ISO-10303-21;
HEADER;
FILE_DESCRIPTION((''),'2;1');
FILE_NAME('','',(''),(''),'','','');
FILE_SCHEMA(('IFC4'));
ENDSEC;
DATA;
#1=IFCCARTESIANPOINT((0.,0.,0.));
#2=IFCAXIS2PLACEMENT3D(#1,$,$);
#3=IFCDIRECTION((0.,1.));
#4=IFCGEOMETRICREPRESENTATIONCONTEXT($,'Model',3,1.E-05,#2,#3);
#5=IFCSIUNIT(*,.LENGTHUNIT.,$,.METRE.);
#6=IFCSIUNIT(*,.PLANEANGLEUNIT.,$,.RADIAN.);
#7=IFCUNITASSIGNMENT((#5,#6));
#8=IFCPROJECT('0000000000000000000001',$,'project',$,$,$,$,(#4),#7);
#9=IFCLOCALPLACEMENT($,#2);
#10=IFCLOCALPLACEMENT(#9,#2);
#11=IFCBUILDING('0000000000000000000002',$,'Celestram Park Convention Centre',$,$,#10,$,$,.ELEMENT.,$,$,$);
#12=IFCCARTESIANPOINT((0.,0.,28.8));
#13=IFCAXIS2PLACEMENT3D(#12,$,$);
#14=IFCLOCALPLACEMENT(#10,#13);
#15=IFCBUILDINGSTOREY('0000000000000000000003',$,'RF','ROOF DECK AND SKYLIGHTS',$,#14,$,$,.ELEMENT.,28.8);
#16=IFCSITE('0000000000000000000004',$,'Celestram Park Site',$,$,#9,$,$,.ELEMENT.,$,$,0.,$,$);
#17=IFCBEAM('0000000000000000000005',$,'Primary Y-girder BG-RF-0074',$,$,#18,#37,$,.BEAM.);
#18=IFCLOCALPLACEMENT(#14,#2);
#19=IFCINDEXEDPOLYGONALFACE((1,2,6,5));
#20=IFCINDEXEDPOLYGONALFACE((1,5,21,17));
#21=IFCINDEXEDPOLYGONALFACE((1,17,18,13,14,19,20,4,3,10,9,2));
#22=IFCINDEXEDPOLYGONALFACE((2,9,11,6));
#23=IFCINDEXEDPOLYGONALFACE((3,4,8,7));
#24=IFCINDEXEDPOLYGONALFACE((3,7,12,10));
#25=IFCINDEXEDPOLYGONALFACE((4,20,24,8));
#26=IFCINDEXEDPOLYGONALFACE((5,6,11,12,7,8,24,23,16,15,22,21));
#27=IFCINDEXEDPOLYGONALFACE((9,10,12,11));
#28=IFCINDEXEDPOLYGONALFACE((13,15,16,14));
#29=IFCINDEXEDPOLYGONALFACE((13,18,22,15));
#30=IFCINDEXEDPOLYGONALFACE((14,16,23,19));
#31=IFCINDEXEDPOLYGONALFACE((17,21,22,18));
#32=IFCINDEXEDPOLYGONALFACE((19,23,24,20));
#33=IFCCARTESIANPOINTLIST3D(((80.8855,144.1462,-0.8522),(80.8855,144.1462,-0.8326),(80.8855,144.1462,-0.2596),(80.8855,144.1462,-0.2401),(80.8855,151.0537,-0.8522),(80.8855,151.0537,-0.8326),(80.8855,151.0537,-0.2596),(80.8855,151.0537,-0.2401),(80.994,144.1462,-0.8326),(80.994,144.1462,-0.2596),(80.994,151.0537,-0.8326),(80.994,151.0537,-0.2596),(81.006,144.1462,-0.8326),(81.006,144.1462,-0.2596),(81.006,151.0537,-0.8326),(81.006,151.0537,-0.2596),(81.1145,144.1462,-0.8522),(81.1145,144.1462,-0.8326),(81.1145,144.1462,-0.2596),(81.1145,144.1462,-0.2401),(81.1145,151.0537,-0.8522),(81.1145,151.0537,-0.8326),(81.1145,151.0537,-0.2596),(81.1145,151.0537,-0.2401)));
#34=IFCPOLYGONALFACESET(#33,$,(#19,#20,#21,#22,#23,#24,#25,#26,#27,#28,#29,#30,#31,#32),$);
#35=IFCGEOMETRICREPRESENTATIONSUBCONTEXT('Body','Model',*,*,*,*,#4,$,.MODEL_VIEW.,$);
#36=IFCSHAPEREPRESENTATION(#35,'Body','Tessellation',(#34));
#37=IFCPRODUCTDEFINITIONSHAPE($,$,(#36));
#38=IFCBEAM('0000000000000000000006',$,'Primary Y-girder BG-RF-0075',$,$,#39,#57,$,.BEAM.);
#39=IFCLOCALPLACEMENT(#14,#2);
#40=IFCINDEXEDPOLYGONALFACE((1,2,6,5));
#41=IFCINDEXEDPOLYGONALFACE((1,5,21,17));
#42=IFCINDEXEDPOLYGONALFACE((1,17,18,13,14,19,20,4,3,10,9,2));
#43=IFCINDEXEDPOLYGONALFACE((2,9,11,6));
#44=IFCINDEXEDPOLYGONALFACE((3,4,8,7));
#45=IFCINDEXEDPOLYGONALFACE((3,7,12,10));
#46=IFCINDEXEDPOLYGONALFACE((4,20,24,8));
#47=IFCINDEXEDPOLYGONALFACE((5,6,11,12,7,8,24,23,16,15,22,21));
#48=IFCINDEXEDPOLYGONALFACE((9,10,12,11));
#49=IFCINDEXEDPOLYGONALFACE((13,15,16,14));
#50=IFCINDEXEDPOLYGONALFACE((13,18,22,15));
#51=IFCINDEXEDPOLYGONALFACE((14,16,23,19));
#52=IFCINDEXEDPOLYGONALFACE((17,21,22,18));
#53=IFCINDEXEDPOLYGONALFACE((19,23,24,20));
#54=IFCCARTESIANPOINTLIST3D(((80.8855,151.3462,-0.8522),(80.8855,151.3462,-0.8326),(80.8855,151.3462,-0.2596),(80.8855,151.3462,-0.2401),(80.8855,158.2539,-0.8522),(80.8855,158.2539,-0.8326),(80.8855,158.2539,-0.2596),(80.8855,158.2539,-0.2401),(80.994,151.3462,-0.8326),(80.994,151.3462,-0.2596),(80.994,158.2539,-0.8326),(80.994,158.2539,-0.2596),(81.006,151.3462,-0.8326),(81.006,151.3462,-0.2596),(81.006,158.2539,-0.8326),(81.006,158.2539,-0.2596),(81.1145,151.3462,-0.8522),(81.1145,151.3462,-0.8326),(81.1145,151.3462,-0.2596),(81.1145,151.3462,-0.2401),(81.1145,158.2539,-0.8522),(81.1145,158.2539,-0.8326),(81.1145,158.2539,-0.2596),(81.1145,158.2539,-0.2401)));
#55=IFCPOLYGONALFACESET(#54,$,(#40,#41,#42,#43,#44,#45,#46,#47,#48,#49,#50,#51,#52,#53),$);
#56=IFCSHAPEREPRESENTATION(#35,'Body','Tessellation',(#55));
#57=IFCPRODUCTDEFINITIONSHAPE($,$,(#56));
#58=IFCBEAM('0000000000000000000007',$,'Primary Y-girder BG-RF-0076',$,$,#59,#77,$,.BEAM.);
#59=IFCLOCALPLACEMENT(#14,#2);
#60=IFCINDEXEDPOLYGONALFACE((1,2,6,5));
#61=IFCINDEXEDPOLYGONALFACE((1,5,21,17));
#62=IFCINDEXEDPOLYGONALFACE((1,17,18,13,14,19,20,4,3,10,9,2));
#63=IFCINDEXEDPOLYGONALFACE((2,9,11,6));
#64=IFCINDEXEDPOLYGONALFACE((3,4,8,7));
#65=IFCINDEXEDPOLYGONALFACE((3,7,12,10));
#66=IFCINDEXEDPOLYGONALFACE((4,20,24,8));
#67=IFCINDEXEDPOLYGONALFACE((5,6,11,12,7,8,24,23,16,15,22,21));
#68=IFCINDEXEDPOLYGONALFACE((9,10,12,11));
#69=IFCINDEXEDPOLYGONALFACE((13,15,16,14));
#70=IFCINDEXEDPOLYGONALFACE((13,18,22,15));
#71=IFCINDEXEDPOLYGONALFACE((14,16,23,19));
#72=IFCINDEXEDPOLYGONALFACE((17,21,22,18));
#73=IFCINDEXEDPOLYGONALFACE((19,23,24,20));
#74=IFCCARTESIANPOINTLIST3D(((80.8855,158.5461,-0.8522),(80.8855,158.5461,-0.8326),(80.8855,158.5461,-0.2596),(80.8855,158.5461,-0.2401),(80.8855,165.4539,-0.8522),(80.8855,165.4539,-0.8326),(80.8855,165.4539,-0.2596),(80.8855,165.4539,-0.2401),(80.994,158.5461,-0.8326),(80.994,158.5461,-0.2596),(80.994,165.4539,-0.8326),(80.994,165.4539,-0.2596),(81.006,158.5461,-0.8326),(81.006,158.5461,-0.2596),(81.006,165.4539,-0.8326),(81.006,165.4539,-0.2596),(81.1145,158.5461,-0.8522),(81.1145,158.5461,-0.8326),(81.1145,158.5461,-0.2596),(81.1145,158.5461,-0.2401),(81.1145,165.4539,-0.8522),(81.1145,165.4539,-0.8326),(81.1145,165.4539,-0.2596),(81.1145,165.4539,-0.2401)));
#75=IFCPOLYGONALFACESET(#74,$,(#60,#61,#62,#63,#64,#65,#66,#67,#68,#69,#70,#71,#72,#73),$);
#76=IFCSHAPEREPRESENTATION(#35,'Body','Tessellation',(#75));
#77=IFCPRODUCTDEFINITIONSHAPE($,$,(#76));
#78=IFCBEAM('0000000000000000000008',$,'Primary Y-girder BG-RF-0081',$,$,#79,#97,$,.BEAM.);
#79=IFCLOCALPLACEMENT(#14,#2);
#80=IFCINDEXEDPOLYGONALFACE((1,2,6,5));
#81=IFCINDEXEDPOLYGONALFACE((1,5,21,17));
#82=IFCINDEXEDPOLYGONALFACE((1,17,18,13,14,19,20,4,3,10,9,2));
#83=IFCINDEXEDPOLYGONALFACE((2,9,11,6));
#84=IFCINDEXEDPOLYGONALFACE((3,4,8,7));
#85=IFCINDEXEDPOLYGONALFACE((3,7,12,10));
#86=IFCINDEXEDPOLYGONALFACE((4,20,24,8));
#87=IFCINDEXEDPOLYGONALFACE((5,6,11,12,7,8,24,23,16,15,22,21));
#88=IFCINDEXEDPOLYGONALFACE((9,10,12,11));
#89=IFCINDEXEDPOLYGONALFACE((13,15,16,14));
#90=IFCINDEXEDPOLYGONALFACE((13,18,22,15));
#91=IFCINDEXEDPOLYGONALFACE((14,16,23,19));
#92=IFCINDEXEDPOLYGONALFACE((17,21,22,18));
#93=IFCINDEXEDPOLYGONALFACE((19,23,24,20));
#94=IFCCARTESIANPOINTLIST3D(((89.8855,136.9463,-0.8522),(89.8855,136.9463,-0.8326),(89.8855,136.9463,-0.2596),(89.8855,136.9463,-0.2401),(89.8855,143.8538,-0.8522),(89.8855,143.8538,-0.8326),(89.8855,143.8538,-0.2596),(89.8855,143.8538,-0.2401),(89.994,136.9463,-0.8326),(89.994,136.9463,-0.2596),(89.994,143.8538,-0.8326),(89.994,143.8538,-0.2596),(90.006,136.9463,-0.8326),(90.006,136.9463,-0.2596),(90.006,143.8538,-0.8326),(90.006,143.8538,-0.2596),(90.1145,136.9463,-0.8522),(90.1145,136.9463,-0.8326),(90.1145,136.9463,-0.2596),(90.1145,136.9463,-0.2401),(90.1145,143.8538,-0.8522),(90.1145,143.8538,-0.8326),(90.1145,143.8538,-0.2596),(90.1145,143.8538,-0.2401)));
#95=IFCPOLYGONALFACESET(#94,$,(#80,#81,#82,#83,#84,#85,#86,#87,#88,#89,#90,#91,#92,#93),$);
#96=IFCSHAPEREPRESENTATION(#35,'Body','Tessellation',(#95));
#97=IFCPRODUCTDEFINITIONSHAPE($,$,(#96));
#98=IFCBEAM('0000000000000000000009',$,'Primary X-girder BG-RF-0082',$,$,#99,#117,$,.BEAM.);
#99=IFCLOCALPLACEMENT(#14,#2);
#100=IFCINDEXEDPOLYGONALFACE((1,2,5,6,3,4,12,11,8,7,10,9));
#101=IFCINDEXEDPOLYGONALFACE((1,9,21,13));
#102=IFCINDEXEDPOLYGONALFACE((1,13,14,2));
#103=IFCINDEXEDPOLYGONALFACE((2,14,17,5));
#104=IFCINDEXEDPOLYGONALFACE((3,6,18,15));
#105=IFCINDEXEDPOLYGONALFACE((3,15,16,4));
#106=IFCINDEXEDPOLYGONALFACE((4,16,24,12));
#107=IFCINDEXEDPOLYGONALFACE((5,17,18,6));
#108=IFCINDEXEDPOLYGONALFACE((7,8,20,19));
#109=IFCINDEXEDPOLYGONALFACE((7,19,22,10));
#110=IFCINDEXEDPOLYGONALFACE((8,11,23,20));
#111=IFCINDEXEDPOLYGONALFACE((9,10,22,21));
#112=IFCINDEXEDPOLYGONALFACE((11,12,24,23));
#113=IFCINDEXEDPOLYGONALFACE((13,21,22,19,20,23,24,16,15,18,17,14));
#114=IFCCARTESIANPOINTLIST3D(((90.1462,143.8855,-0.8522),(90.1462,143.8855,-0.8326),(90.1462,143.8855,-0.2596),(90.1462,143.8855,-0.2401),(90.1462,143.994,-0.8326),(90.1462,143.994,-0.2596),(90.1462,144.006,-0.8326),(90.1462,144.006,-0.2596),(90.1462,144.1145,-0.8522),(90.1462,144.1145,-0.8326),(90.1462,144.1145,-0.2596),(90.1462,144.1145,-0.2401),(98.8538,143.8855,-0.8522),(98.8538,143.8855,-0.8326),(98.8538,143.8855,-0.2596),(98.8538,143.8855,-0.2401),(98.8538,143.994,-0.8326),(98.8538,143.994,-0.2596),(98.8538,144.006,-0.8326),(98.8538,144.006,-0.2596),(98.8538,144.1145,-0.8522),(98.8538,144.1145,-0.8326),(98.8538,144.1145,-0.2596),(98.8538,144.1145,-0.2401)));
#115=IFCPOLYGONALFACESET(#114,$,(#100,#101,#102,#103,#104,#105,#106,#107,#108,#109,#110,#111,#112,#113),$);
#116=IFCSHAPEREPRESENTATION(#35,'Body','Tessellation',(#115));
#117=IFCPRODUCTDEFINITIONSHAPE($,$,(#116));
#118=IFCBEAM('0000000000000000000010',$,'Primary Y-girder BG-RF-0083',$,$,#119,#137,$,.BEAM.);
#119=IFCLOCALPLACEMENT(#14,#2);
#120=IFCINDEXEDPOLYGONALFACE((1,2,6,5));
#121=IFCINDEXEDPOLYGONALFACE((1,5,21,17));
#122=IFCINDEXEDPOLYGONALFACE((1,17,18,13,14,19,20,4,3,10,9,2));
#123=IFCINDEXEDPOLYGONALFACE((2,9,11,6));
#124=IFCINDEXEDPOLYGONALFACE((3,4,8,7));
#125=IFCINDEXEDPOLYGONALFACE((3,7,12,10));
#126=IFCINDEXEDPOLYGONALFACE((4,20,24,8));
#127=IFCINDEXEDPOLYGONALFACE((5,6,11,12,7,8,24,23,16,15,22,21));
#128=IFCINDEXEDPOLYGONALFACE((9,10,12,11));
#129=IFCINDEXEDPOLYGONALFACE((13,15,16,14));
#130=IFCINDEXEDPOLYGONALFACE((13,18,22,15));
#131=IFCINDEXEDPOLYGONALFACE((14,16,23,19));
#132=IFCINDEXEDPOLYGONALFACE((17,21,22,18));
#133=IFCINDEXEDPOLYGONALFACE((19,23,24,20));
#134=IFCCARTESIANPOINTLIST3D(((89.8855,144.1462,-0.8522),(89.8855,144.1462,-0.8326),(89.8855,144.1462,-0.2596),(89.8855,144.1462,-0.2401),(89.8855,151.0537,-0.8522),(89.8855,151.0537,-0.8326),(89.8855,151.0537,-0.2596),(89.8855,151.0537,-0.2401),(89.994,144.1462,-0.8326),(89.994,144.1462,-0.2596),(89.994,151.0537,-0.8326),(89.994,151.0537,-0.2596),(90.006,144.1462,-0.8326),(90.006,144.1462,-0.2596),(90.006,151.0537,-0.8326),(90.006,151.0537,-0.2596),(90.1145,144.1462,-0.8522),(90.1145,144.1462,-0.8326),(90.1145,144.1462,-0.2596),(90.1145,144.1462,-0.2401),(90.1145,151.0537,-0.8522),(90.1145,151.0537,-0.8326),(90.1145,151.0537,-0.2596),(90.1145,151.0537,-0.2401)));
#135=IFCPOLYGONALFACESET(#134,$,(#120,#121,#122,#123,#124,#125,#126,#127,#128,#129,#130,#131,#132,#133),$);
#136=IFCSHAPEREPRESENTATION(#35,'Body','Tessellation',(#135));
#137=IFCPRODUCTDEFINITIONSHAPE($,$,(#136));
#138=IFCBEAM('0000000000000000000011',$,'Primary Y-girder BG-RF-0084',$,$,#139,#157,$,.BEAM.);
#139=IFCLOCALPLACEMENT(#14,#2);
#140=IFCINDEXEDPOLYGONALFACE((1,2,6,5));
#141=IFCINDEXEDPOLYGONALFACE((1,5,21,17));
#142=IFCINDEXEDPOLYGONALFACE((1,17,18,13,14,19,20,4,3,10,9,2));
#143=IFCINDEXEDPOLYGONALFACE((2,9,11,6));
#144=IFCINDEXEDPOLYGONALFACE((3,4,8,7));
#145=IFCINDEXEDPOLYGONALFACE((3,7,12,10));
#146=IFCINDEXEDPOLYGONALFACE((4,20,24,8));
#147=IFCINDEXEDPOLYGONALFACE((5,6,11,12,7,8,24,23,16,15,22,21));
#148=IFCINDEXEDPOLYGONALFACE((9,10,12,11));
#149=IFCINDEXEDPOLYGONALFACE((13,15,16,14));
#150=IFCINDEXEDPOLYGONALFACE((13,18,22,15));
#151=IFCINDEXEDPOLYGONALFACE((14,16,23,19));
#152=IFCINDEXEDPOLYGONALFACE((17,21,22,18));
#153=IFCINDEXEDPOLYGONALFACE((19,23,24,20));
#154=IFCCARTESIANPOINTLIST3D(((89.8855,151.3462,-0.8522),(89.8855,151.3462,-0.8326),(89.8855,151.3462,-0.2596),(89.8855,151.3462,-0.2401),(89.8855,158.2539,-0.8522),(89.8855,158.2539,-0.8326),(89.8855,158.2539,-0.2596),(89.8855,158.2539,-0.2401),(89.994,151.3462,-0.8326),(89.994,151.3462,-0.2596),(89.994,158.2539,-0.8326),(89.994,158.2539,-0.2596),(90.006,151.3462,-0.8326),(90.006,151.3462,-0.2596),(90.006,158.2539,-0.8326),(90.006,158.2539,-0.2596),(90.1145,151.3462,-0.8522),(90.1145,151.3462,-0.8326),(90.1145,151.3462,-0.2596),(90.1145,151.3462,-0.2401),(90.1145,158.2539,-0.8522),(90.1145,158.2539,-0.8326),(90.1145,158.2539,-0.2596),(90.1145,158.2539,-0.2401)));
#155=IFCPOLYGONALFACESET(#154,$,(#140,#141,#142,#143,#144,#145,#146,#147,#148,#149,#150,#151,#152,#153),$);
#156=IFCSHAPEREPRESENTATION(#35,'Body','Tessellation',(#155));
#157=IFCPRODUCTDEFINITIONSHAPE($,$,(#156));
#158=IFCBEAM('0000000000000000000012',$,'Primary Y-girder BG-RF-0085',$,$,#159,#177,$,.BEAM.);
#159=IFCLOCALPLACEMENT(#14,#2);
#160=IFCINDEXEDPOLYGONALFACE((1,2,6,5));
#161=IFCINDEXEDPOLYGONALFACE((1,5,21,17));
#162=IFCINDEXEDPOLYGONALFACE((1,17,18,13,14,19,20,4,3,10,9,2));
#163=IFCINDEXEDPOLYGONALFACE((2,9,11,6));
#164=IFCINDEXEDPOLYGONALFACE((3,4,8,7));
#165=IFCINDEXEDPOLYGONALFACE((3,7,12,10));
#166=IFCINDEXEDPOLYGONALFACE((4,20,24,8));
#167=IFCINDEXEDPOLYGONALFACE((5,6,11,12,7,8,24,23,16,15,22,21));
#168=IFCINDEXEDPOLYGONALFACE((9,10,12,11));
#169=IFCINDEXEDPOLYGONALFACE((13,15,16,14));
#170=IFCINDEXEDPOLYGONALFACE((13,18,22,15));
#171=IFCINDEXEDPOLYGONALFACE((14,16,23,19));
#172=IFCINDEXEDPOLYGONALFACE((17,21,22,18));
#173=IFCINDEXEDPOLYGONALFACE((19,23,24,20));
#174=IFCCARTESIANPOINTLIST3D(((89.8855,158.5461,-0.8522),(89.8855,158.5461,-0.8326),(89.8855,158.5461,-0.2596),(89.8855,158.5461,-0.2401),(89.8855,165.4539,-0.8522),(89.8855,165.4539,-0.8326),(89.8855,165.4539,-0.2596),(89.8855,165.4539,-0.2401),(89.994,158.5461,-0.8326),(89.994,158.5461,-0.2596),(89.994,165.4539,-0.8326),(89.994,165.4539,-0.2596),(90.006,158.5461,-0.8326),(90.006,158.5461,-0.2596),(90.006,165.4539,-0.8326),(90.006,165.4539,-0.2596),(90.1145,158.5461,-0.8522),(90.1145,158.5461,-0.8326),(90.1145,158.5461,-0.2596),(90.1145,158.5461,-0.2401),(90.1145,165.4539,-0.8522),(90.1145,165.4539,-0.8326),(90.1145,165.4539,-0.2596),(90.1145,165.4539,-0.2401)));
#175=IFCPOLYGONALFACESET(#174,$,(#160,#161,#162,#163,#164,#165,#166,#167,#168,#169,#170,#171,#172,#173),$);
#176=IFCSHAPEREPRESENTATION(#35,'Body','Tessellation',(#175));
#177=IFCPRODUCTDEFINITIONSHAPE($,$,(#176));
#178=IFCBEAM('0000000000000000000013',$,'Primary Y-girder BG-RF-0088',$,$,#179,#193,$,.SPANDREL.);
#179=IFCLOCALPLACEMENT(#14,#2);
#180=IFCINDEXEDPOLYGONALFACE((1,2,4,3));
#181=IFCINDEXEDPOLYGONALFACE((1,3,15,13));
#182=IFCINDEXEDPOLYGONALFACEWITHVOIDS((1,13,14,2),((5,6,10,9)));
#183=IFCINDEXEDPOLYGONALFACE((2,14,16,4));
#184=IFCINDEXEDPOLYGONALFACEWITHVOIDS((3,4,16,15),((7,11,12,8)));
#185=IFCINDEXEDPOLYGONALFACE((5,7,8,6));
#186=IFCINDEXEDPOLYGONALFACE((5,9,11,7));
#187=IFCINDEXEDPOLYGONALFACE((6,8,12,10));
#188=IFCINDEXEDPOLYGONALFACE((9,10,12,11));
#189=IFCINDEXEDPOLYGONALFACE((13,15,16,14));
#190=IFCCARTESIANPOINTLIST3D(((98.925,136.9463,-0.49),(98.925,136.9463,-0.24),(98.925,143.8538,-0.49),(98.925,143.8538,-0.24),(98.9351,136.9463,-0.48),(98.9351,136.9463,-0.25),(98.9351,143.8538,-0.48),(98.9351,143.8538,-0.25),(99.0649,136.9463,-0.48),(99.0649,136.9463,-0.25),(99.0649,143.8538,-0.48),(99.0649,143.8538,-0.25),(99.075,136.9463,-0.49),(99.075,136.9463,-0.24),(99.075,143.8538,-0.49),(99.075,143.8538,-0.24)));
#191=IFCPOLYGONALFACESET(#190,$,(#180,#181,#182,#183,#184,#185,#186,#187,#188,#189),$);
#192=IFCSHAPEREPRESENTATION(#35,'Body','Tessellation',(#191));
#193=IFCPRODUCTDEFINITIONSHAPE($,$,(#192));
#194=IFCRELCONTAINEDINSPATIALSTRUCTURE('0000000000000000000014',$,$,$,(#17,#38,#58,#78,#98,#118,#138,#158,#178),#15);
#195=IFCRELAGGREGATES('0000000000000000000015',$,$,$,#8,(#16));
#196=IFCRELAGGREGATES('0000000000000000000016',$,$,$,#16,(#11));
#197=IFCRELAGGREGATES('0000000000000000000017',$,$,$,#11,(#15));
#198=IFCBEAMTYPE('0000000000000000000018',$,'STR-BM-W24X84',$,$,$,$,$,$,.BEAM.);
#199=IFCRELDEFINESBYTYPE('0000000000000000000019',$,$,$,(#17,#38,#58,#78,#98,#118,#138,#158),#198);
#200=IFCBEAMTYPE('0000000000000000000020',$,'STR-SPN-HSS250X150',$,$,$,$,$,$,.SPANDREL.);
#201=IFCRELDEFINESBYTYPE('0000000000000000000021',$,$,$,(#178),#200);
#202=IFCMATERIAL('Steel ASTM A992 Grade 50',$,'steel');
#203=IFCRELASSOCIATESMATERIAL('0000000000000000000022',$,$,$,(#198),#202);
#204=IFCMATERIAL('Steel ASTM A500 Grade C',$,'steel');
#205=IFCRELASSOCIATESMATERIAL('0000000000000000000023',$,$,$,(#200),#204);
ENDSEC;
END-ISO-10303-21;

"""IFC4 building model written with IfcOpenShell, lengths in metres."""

from ifc_helpers import new_model, si_unit, direction, frame, origin, origin_2d, place, context, subcontext, project, spatial, hollow_rectangle, i_section, extrude, material, material_profile, profile_set, type_object, element, save


model = new_model("IFC4")

# Units and contexts
model_context = context("Model", 3, precision=1e-05, world=origin(), true_north=direction((0.0, 1.0)))
body_context = subcontext(model_context, "Body", "Model", "MODEL_VIEW")
ifc_project = project(units=[si_unit("LENGTHUNIT", "METRE"), si_unit("PLANEANGLEUNIT", "RADIAN")], contexts=[model_context])

# Site, building, storey
site_placement = place(None, origin())
site = spatial("IfcSite", under=ifc_project, at=site_placement, Name="Celestram Park Site", CompositionType="ELEMENT", RefElevation=0.0)
building_placement = place(site_placement, origin())
building = spatial("IfcBuilding", under=site, at=building_placement, Name="Celestram Park Convention Centre", CompositionType="ELEMENT")
storey_placement = place(building_placement, frame((0.0, 0.0, 28.8)))
storey = spatial("IfcBuildingStorey", under=building, at=storey_placement, Name="RF", Description="ROOF DECK AND SKYLIGHTS", CompositionType="ELEMENT", Elevation=28.8)

# Beams
ifc_material_1 = material(Name="Steel ASTM A992 Grade 50", Category="steel")
ifc_material_profile_1 = material_profile(ifc_material_1, i_section(OverallWidth=0.229, OverallDepth=0.6121, WebThickness=0.012, FlangeThickness=0.0195, at=origin_2d()), Name="W24X84")
ifc_profile_set_1 = profile_set([ifc_material_profile_1], Name="Steel ASTM A992 Grade 50")
beam_type_1 = type_object("IfcBeamType", Name="STR-BM-W24X84", PredefinedType="BEAM", material=ifc_profile_set_1)
beam_1_placement = place(storey_placement, frame((81.0, 144.1462, -0.5461), z_axis=(0.0, 1.0, 0.0), x_axis=(-1.0, 0.0, 0.0)))
element("IfcBeam", 1, at=beam_1_placement, inside=storey, type_object=beam_type_1, Name="Primary Y-girder BG-RF-0074", PredefinedType="BEAM", context=body_context, shape_type="SweptSolid", body=[
    extrude(i_section(OverallWidth=0.229, OverallDepth=0.6121, WebThickness=0.012, FlangeThickness=0.0195, at=origin_2d()), origin(), (0.0, 0.0, 1.0), 6.9075),
])
for number, where, z_axis, x_axis, name in (
    (2, (81.0, 151.3462, -0.5461), (0.0, 1.0, 0.0), (-1.0, 0.0, 0.0), "Primary Y-girder BG-RF-0075"),
    (3, (81.0, 158.5461, -0.5461), (0.0, 1.0, 0.0), (-1.0, 0.0, 0.0), "Primary Y-girder BG-RF-0076"),
):
    element("IfcBeam", number, at=place(storey_placement, frame(where, z_axis=z_axis, x_axis=x_axis)), inside=storey, type_object=beam_type_1, Name=name, PredefinedType="BEAM", context=body_context, shape_type="SweptSolid", body=[
        extrude(i_section(OverallWidth=0.229, OverallDepth=0.6121, WebThickness=0.012, FlangeThickness=0.0195, at=origin_2d()), origin(), (0.0, 0.0, 1.0), 6.9077),
    ])
beam_2_placement = place(storey_placement, frame((90.0, 136.9463, -0.5461), z_axis=(0.0, 1.0, 0.0), x_axis=(-1.0, 0.0, 0.0)))
element("IfcBeam", 4, at=beam_2_placement, inside=storey, type_object=beam_type_1, Name="Primary Y-girder BG-RF-0081", PredefinedType="BEAM", context=body_context, shape_type="SweptSolid", body=[
    extrude(i_section(OverallWidth=0.229, OverallDepth=0.6121, WebThickness=0.012, FlangeThickness=0.0195, at=origin_2d()), origin(), (0.0, 0.0, 1.0), 6.9075),
])
beam_3_placement = place(storey_placement, frame((90.1462, 144.0, -0.5461), z_axis=(1.0, 0.0, 0.0), x_axis=(0.0, 1.0, 0.0)))
element("IfcBeam", 5, at=beam_3_placement, inside=storey, type_object=beam_type_1, Name="Primary X-girder BG-RF-0082", PredefinedType="BEAM", context=body_context, shape_type="SweptSolid", body=[
    extrude(i_section(OverallWidth=0.229, OverallDepth=0.6121, WebThickness=0.012, FlangeThickness=0.0195, at=origin_2d()), origin(), (0.0, 0.0, 1.0), 8.7075),
])
beam_4_placement = place(storey_placement, frame((90.0, 144.1462, -0.5461), z_axis=(0.0, 1.0, 0.0), x_axis=(-1.0, 0.0, 0.0)))
element("IfcBeam", 6, at=beam_4_placement, inside=storey, type_object=beam_type_1, Name="Primary Y-girder BG-RF-0083", PredefinedType="BEAM", context=body_context, shape_type="SweptSolid", body=[
    extrude(i_section(OverallWidth=0.229, OverallDepth=0.6121, WebThickness=0.012, FlangeThickness=0.0195, at=origin_2d()), origin(), (0.0, 0.0, 1.0), 6.9075),
])
for number, where, z_axis, x_axis, name in (
    (7, (90.0, 151.3462, -0.5461), (0.0, 1.0, 0.0), (-1.0, 0.0, 0.0), "Primary Y-girder BG-RF-0084"),
    (8, (90.0, 158.5461, -0.5461), (0.0, 1.0, 0.0), (-1.0, 0.0, 0.0), "Primary Y-girder BG-RF-0085"),
):
    element("IfcBeam", number, at=place(storey_placement, frame(where, z_axis=z_axis, x_axis=x_axis)), inside=storey, type_object=beam_type_1, Name=name, PredefinedType="BEAM", context=body_context, shape_type="SweptSolid", body=[
        extrude(i_section(OverallWidth=0.229, OverallDepth=0.6121, WebThickness=0.012, FlangeThickness=0.0195, at=origin_2d()), origin(), (0.0, 0.0, 1.0), 6.9077),
    ])
ifc_material_2 = material(Name="Steel ASTM A500 Grade C", Category="steel")
ifc_material_profile_2 = material_profile(ifc_material_2, hollow_rectangle(XDim=0.1499, YDim=0.25, WallThickness=0.01, at=origin_2d()), Name="HSS250X150X10")
ifc_profile_set_2 = profile_set([ifc_material_profile_2], Name="Steel ASTM A500 Grade C")
beam_type_2 = type_object("IfcBeamType", Name="STR-SPN-HSS250X150", PredefinedType="SPANDREL", material=ifc_profile_set_2)
for number, where, z_axis, x_axis, name in (
    (9, (99.0, 136.9463, -0.365), (0.0, 1.0, 0.0), (-1.0, 0.0, 0.0), "Primary Y-girder BG-RF-0088"),
):
    element("IfcBeam", number, at=place(storey_placement, frame(where, z_axis=z_axis, x_axis=x_axis)), inside=storey, type_object=beam_type_2, Name=name, PredefinedType="SPANDREL", context=body_context, shape_type="SweptSolid", body=[
        extrude(hollow_rectangle(XDim=0.1499, YDim=0.25, WallThickness=0.01, at=origin_2d()), origin(), (0.0, 0.0, 1.0), 6.9075),
    ])

save(model, "model.ifc")
